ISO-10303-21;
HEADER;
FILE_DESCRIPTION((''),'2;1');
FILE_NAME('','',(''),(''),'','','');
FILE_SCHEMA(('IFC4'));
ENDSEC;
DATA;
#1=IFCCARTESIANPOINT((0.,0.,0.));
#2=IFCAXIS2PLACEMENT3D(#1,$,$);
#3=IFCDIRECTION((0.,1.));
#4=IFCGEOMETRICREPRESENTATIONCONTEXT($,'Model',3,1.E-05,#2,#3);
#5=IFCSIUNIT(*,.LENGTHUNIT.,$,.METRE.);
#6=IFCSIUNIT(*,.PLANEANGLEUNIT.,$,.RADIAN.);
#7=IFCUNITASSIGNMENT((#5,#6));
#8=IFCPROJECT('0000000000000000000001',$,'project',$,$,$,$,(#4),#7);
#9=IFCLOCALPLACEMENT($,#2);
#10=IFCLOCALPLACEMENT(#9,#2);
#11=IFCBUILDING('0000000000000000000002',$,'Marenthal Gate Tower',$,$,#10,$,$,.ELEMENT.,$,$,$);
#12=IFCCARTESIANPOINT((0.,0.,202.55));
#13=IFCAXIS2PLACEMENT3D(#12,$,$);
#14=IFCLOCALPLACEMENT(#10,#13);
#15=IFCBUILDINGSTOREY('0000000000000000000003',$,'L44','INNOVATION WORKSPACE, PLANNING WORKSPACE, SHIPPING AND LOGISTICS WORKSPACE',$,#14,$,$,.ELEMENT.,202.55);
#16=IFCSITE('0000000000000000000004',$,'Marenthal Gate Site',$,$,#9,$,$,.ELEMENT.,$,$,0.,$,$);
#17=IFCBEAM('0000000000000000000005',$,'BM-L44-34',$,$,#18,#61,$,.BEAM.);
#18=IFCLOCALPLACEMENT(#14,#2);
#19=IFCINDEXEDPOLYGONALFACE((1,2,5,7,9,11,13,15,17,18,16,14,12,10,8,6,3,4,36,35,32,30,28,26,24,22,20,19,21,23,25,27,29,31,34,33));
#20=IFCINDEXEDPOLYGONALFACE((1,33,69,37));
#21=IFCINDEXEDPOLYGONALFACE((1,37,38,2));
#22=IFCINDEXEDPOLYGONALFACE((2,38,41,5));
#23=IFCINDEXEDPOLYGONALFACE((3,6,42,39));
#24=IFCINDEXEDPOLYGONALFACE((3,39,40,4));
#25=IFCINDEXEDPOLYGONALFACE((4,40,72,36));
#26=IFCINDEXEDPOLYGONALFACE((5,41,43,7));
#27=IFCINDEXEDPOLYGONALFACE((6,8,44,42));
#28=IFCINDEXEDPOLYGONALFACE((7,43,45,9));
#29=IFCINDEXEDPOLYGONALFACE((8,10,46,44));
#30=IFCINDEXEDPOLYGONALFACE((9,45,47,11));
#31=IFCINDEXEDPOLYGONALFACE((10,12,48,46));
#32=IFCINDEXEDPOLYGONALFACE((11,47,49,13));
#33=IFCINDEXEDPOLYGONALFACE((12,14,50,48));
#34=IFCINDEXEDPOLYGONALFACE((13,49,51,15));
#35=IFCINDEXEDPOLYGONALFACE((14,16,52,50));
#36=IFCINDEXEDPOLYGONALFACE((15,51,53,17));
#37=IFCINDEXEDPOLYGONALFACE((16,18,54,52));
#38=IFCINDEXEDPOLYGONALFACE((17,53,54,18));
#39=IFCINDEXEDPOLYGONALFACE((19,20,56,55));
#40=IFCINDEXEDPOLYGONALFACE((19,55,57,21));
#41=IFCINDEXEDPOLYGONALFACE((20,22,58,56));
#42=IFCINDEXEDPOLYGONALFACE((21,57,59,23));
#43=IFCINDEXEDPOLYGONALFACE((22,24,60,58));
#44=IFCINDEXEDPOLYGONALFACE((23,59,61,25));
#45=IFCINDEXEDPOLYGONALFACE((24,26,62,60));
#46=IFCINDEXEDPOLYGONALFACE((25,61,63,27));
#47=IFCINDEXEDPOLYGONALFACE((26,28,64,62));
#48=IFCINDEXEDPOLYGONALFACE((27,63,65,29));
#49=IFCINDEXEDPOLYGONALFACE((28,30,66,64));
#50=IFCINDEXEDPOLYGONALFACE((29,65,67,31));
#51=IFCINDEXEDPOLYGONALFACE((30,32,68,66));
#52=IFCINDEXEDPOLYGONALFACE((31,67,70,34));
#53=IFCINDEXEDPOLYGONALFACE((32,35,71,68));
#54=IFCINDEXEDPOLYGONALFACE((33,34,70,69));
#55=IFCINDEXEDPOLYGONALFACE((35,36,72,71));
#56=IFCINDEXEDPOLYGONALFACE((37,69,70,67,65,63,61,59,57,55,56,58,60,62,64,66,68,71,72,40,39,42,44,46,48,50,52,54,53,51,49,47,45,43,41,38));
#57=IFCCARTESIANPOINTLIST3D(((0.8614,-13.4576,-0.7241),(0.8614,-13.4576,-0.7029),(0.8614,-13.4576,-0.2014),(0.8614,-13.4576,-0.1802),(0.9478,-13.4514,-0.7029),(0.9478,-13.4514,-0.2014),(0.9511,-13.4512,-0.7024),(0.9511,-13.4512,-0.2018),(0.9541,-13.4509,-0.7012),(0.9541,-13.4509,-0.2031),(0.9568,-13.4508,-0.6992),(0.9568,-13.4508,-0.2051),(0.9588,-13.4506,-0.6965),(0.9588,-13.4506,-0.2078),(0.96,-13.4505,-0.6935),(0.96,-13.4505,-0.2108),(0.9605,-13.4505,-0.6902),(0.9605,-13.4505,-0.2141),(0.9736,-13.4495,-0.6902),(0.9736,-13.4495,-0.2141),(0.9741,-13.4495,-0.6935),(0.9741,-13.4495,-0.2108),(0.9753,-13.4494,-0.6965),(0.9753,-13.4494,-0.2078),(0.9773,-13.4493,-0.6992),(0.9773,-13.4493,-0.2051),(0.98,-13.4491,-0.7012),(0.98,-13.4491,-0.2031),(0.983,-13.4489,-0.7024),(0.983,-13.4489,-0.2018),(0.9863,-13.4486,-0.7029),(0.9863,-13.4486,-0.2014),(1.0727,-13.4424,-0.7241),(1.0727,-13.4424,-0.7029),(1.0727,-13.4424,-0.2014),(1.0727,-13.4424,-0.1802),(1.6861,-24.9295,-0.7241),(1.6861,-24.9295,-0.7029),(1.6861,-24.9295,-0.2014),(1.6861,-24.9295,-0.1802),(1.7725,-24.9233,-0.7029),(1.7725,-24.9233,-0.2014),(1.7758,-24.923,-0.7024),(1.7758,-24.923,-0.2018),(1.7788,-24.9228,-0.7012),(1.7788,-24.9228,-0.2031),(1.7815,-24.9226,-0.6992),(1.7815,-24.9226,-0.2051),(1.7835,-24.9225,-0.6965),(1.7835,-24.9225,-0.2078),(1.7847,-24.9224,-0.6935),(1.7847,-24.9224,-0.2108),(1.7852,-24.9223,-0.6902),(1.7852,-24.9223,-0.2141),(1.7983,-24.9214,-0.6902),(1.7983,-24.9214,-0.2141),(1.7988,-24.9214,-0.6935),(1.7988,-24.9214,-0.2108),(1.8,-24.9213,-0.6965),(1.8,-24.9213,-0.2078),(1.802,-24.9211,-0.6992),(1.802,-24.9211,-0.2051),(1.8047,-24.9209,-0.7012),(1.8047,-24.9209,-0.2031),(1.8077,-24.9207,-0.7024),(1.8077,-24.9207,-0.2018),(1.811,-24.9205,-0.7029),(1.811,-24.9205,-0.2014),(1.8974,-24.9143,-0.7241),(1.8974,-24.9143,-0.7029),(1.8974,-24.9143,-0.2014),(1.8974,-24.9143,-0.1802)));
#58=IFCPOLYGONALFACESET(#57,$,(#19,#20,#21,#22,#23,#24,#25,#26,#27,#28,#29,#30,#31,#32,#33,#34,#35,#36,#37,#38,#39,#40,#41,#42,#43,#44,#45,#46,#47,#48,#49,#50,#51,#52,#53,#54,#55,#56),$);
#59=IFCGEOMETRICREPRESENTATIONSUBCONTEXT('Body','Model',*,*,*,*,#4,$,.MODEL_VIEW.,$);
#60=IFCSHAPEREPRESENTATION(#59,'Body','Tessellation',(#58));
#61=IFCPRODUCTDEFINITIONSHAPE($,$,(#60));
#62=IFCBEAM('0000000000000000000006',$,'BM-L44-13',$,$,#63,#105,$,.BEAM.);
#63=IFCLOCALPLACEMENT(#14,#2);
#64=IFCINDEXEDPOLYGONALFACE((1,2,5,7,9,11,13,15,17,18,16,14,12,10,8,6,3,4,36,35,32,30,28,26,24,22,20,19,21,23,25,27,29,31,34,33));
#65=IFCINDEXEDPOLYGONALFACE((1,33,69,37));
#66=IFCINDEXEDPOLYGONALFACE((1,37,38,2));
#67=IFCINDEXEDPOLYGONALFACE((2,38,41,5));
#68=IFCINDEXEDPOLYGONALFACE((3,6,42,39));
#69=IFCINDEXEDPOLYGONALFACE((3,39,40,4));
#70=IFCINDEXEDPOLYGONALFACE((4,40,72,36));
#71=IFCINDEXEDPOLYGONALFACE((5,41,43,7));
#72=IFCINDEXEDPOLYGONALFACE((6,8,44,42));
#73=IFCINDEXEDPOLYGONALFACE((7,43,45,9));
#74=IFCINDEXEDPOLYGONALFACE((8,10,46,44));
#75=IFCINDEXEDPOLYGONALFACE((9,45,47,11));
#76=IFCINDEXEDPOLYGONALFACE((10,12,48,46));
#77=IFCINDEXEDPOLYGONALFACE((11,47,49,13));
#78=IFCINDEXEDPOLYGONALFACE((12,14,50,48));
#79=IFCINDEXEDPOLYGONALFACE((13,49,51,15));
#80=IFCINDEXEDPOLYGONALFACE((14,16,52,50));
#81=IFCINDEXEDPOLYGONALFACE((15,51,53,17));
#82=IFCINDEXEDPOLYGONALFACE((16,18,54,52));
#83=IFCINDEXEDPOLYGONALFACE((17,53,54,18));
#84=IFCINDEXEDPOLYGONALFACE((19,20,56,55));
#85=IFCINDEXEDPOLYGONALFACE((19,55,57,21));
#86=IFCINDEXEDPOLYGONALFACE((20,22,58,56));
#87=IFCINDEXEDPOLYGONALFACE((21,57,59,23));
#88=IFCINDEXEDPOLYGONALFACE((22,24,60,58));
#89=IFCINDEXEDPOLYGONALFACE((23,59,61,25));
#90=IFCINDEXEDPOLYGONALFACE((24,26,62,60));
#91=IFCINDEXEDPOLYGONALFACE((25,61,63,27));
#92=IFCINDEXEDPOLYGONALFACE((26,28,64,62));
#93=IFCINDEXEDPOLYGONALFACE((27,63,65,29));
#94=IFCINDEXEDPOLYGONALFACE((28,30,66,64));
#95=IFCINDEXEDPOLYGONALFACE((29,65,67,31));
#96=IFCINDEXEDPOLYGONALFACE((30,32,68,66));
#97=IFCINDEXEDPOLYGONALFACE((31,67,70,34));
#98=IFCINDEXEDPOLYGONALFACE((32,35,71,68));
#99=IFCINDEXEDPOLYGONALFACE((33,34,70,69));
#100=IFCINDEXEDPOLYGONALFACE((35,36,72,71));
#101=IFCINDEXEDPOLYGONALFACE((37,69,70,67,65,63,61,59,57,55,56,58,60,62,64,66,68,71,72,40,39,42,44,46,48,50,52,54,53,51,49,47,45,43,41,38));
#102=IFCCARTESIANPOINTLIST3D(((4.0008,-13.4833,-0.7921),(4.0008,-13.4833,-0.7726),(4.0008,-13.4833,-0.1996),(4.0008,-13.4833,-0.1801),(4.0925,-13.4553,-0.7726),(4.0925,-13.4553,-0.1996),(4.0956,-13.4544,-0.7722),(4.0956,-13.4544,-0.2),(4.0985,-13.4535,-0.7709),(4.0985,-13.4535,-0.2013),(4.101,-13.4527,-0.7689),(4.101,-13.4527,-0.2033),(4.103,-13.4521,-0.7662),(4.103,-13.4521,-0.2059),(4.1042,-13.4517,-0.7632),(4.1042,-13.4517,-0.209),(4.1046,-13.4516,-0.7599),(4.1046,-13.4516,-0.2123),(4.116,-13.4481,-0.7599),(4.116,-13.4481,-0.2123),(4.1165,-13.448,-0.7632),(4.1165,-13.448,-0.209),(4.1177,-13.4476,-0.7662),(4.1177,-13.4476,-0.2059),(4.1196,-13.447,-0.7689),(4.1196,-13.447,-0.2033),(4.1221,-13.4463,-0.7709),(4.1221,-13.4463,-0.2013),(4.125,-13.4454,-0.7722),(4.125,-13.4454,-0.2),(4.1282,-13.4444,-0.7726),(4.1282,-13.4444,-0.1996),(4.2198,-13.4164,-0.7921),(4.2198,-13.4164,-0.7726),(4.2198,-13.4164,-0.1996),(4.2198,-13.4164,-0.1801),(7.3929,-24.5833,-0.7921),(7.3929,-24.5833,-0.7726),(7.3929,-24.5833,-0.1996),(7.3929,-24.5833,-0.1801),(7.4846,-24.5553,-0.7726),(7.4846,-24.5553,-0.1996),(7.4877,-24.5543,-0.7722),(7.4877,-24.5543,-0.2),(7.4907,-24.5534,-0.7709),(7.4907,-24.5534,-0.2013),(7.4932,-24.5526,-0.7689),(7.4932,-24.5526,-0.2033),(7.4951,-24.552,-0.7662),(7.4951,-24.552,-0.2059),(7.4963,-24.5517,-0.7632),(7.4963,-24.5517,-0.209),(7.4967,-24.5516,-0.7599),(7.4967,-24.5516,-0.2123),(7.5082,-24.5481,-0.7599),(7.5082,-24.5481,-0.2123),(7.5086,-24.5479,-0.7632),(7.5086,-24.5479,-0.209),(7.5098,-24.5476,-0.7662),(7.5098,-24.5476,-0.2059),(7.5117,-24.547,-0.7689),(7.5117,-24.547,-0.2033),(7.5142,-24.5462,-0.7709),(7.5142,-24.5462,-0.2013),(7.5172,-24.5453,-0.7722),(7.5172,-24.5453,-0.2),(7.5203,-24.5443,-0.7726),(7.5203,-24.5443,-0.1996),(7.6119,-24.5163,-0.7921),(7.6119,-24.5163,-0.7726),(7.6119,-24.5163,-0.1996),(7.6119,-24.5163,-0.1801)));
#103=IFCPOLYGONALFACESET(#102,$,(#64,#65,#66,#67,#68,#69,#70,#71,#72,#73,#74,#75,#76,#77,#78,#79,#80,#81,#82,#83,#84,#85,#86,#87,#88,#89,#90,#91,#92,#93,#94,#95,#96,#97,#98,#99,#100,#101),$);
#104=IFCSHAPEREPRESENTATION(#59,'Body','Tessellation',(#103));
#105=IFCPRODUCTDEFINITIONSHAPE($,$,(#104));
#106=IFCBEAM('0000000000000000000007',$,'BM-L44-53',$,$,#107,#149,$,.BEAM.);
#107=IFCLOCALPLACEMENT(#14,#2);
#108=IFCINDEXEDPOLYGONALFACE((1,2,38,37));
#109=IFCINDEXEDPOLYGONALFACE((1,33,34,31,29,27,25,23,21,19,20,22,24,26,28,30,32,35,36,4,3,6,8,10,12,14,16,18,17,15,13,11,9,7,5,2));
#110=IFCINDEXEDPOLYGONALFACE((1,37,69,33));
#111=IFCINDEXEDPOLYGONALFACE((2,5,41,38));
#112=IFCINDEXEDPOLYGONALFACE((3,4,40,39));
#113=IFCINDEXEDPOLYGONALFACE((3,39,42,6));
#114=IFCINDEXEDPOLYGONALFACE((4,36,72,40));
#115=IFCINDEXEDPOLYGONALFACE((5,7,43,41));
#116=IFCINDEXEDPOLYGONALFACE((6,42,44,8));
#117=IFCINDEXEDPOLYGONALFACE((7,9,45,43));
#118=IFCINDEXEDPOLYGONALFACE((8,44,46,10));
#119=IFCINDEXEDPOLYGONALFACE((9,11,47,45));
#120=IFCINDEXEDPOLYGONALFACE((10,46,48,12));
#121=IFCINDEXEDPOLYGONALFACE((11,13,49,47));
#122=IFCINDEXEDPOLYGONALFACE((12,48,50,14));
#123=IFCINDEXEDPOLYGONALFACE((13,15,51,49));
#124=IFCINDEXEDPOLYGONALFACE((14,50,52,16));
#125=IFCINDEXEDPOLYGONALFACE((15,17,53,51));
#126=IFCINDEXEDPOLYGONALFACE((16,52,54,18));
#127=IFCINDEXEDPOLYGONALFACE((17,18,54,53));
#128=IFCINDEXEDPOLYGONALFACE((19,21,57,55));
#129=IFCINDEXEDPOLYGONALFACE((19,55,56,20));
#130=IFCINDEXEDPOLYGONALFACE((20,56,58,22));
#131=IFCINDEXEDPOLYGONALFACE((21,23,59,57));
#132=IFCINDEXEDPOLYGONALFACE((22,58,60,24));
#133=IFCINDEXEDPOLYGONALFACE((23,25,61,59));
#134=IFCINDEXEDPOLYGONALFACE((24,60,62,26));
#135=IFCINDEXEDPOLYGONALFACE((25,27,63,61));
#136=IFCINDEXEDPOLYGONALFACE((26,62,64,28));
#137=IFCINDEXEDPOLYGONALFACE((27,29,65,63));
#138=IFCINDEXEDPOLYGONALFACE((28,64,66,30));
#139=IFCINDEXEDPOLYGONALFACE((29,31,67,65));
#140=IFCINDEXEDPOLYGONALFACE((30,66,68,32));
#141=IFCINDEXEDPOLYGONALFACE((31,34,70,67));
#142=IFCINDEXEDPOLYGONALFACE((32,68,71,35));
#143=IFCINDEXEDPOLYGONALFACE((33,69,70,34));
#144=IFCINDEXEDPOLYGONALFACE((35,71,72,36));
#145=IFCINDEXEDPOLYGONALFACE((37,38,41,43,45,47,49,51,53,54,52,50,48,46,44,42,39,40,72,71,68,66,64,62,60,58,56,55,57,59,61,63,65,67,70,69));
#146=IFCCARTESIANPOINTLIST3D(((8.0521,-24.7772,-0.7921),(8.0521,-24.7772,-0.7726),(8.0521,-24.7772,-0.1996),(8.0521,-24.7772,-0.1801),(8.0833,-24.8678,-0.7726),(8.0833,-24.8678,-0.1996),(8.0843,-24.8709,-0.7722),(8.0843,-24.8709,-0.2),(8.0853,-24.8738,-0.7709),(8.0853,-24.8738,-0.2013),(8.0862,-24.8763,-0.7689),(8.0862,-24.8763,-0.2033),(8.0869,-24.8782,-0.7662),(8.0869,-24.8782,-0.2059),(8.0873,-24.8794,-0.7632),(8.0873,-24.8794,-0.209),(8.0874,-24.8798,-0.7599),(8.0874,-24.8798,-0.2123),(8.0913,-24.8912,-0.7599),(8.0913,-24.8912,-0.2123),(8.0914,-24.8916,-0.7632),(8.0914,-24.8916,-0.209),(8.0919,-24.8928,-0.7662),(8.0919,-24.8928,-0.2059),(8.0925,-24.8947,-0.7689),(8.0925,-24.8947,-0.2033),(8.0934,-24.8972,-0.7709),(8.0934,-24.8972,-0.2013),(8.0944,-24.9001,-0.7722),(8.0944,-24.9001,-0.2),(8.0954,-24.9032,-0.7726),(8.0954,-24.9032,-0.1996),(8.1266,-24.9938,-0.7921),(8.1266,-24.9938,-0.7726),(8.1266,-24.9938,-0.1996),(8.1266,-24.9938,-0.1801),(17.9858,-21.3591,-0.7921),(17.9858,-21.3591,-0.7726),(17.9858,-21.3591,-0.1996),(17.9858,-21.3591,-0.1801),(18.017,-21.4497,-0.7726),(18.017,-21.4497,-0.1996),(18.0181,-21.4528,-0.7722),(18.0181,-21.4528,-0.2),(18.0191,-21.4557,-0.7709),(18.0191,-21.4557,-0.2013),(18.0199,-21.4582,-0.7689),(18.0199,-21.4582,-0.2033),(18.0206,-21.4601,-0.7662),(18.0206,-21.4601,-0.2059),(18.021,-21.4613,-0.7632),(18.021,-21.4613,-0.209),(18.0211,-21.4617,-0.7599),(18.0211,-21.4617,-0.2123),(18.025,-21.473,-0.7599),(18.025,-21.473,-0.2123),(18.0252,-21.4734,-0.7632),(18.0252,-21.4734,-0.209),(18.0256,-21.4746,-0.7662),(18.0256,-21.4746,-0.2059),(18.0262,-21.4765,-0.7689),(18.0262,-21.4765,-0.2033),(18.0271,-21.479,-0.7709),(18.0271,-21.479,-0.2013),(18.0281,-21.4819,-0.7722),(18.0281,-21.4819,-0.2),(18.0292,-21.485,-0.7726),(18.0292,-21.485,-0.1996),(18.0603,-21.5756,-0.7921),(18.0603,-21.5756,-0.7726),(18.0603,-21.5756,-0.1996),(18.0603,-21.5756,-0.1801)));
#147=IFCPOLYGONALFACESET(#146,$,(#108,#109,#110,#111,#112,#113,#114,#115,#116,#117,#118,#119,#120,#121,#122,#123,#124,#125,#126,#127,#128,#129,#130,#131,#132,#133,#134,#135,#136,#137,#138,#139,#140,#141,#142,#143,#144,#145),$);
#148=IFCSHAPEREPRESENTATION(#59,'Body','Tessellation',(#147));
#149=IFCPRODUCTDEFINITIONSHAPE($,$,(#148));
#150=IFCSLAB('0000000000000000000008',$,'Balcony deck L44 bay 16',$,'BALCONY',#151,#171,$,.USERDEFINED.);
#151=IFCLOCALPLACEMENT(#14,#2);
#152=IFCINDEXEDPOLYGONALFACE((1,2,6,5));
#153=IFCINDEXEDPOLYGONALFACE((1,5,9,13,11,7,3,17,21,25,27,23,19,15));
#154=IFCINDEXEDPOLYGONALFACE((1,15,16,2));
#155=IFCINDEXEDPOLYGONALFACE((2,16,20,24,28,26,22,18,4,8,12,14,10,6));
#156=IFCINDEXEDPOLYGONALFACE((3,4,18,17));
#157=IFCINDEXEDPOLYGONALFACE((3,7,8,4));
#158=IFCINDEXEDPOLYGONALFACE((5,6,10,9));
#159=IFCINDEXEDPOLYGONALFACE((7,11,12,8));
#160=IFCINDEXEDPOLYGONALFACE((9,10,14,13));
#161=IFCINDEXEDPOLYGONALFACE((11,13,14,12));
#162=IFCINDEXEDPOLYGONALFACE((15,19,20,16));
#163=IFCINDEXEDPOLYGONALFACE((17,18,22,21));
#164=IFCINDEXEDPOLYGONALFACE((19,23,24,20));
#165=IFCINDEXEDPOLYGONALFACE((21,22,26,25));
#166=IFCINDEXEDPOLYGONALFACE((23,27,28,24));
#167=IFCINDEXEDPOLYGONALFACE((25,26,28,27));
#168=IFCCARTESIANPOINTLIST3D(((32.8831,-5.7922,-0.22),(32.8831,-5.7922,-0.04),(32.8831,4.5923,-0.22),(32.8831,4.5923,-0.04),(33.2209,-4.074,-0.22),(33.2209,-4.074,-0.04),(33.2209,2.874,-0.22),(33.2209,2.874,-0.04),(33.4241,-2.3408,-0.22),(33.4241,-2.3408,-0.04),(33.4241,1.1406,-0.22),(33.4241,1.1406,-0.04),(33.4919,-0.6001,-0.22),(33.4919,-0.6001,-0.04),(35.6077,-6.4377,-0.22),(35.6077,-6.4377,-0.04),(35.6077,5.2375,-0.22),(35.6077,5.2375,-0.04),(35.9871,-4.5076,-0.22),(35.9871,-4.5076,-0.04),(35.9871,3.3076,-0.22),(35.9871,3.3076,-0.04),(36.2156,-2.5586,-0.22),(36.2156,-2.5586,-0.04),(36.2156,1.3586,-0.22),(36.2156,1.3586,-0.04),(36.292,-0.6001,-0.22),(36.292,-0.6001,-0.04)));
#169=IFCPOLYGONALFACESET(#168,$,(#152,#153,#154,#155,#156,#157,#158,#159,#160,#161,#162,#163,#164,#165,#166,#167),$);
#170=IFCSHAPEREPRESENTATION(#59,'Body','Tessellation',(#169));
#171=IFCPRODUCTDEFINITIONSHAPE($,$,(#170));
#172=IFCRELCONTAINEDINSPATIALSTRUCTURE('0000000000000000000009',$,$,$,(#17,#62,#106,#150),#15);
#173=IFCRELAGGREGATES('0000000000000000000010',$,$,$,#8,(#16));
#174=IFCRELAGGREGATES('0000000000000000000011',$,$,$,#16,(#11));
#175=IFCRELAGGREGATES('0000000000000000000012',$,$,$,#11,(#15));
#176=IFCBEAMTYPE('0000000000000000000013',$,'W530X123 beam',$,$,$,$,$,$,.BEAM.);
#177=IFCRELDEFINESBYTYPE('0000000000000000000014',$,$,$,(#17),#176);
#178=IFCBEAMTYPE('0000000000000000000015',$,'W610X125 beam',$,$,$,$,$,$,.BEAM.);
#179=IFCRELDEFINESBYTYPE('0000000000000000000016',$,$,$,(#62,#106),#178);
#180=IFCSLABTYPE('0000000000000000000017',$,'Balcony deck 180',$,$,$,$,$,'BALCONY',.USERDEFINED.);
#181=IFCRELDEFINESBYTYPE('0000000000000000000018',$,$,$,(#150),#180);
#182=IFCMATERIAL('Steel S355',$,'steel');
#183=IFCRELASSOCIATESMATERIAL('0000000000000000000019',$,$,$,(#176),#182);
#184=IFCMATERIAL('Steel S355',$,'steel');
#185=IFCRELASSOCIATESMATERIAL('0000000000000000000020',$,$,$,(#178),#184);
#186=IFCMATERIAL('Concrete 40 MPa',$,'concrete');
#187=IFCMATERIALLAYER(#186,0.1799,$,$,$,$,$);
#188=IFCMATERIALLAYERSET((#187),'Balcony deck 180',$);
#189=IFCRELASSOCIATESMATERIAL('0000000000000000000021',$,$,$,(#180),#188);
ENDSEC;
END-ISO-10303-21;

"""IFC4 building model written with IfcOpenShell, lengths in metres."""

from ifc_helpers import new_model, si_unit, direction, frame, origin, origin_2d, place, context, subcontext, project, spatial, polyline, i_section, outline, extrude, material, layer, layer_set, material_profile, profile_set, type_object, element, save


model = new_model("IFC4")

# Units and contexts
model_context = context("Model", 3, precision=1e-05, world=origin(), true_north=direction((0.0, 1.0)))
body_context = subcontext(model_context, "Body", "Model", "MODEL_VIEW")
ifc_project = project(units=[si_unit("LENGTHUNIT", "METRE"), si_unit("PLANEANGLEUNIT", "RADIAN")], contexts=[model_context])

# Site, building, storey
site_placement = place(None, origin())
site = spatial("IfcSite", under=ifc_project, at=site_placement, Name="Marenthal Gate Site", CompositionType="ELEMENT", RefElevation=0.0)
building_placement = place(site_placement, origin())
building = spatial("IfcBuilding", under=site, at=building_placement, Name="Marenthal Gate Tower", CompositionType="ELEMENT")
storey_placement = place(building_placement, frame((0.0, 0.0, 202.55)))
storey = spatial("IfcBuildingStorey", under=building, at=storey_placement, Name="L44", Description="INNOVATION WORKSPACE, PLANNING WORKSPACE, SHIPPING AND LOGISTICS WORKSPACE", CompositionType="ELEMENT", Elevation=202.55)

# Beams
ifc_material_1 = material(Name="Steel S355", Category="steel")
ifc_material_profile_1 = material_profile(ifc_material_1, i_section(OverallWidth=0.2119, OverallDepth=0.5439, WebThickness=0.0132, FlangeThickness=0.0212, FilletRadius=0.0127, at=origin_2d()), Name="W530X123")
ifc_profile_set_1 = profile_set([ifc_material_profile_1], Name="Steel S355")
beam_type_1 = type_object("IfcBeamType", Name="W530X123 beam", PredefinedType="BEAM", material=ifc_profile_set_1)
beam_1_placement = place(storey_placement, frame((1.7917, -24.9219, -0.4521), z_axis=(-0.071704, 0.997426, 0.0), x_axis=(-0.997426, -0.071704, 0.0)))
element("IfcBeam", 1, at=beam_1_placement, inside=storey, type_object=beam_type_1, Name="BM-L44-34", PredefinedType="BEAM", context=body_context, shape_type="SweptSolid", body=[
    extrude(i_section(OverallWidth=0.2119, OverallDepth=0.5439, WebThickness=0.0132, FlangeThickness=0.0212, FilletRadius=0.0127, at=origin_2d()), origin(), (0.0, 0.0, 1.0), 11.5015),
])
ifc_material_2 = material(Name="Steel S355", Category="steel")
ifc_material_profile_2 = material_profile(ifc_material_2, i_section(OverallWidth=0.229, OverallDepth=0.6121, WebThickness=0.012, FlangeThickness=0.0195, FilletRadius=0.0127, at=origin_2d()), Name="W610X125")
ifc_profile_set_2 = profile_set([ifc_material_profile_2], Name="Steel S355")
beam_type_2 = type_object("IfcBeamType", Name="W610X125 beam", PredefinedType="BEAM", material=ifc_profile_set_2)
beam_2_placement = place(storey_placement, frame((7.5024, -24.5498, -0.4861), z_axis=(-0.292255, 0.95634, 0.0), x_axis=(-0.95634, -0.292255, 0.0)))
element("IfcBeam", 2, at=beam_2_placement, inside=storey, type_object=beam_type_2, Name="BM-L44-13", PredefinedType="BEAM", context=body_context, shape_type="SweptSolid", body=[
    extrude(i_section(OverallWidth=0.229, OverallDepth=0.6121, WebThickness=0.012, FlangeThickness=0.0195, FilletRadius=0.0127, at=origin_2d()), origin(), (0.0, 0.0, 1.0), 11.6067),
])
beam_3_placement = place(storey_placement, frame((8.0894, -24.8855, -0.4861), z_axis=(0.945585, 0.325374, 0.0), x_axis=(-0.325374, 0.945585, 0.0)))
element("IfcBeam", 3, at=beam_3_placement, inside=storey, type_object=beam_type_2, Name="BM-L44-53", PredefinedType="BEAM", context=body_context, shape_type="SweptSolid", body=[
    extrude(i_section(OverallWidth=0.229, OverallDepth=0.6121, WebThickness=0.012, FlangeThickness=0.0195, FilletRadius=0.0127, at=origin_2d()), origin(), (0.0, 0.0, 1.0), 10.5054),
])

# Slab
ifc_material_3 = material(Name="Concrete 40 MPa", Category="concrete")
ifc_layer_1 = layer(ifc_material_3, 0.1799)
ifc_layer_set_1 = layer_set([ifc_layer_1], Name="Balcony deck 180")
slab_type_1 = type_object("IfcSlabType", Name="Balcony deck 180", ElementType="BALCONY", PredefinedType="USERDEFINED", material=ifc_layer_set_1)
slab_1_placement = place(storey_placement, frame((0.0, 0.0, -0.22)))
element("IfcSlab", 4, at=slab_1_placement, inside=storey, type_object=slab_type_1, Name="Balcony deck L44 bay 16", ObjectType="BALCONY", PredefinedType="USERDEFINED", context=body_context, shape_type="SweptSolid", body=[
    extrude(outline(polyline([(32.8831, -5.7922), (33.2209, -4.074), (33.4241, -2.3408), (33.4919, -0.6001), (33.4241, 1.1406), (33.2209, 2.874), (32.8831, 4.5923), (35.6077, 5.2375), (35.9871, 3.3076), (36.2156, 1.3586), (36.292, -0.6001), (36.2156, -2.5586), (35.9871, -4.5076), (35.6077, -6.4377), (32.8831, -5.7922)])), origin(), (0.0, 0.0, 1.0), 0.1799),
])

save(model, "model.ifc")
